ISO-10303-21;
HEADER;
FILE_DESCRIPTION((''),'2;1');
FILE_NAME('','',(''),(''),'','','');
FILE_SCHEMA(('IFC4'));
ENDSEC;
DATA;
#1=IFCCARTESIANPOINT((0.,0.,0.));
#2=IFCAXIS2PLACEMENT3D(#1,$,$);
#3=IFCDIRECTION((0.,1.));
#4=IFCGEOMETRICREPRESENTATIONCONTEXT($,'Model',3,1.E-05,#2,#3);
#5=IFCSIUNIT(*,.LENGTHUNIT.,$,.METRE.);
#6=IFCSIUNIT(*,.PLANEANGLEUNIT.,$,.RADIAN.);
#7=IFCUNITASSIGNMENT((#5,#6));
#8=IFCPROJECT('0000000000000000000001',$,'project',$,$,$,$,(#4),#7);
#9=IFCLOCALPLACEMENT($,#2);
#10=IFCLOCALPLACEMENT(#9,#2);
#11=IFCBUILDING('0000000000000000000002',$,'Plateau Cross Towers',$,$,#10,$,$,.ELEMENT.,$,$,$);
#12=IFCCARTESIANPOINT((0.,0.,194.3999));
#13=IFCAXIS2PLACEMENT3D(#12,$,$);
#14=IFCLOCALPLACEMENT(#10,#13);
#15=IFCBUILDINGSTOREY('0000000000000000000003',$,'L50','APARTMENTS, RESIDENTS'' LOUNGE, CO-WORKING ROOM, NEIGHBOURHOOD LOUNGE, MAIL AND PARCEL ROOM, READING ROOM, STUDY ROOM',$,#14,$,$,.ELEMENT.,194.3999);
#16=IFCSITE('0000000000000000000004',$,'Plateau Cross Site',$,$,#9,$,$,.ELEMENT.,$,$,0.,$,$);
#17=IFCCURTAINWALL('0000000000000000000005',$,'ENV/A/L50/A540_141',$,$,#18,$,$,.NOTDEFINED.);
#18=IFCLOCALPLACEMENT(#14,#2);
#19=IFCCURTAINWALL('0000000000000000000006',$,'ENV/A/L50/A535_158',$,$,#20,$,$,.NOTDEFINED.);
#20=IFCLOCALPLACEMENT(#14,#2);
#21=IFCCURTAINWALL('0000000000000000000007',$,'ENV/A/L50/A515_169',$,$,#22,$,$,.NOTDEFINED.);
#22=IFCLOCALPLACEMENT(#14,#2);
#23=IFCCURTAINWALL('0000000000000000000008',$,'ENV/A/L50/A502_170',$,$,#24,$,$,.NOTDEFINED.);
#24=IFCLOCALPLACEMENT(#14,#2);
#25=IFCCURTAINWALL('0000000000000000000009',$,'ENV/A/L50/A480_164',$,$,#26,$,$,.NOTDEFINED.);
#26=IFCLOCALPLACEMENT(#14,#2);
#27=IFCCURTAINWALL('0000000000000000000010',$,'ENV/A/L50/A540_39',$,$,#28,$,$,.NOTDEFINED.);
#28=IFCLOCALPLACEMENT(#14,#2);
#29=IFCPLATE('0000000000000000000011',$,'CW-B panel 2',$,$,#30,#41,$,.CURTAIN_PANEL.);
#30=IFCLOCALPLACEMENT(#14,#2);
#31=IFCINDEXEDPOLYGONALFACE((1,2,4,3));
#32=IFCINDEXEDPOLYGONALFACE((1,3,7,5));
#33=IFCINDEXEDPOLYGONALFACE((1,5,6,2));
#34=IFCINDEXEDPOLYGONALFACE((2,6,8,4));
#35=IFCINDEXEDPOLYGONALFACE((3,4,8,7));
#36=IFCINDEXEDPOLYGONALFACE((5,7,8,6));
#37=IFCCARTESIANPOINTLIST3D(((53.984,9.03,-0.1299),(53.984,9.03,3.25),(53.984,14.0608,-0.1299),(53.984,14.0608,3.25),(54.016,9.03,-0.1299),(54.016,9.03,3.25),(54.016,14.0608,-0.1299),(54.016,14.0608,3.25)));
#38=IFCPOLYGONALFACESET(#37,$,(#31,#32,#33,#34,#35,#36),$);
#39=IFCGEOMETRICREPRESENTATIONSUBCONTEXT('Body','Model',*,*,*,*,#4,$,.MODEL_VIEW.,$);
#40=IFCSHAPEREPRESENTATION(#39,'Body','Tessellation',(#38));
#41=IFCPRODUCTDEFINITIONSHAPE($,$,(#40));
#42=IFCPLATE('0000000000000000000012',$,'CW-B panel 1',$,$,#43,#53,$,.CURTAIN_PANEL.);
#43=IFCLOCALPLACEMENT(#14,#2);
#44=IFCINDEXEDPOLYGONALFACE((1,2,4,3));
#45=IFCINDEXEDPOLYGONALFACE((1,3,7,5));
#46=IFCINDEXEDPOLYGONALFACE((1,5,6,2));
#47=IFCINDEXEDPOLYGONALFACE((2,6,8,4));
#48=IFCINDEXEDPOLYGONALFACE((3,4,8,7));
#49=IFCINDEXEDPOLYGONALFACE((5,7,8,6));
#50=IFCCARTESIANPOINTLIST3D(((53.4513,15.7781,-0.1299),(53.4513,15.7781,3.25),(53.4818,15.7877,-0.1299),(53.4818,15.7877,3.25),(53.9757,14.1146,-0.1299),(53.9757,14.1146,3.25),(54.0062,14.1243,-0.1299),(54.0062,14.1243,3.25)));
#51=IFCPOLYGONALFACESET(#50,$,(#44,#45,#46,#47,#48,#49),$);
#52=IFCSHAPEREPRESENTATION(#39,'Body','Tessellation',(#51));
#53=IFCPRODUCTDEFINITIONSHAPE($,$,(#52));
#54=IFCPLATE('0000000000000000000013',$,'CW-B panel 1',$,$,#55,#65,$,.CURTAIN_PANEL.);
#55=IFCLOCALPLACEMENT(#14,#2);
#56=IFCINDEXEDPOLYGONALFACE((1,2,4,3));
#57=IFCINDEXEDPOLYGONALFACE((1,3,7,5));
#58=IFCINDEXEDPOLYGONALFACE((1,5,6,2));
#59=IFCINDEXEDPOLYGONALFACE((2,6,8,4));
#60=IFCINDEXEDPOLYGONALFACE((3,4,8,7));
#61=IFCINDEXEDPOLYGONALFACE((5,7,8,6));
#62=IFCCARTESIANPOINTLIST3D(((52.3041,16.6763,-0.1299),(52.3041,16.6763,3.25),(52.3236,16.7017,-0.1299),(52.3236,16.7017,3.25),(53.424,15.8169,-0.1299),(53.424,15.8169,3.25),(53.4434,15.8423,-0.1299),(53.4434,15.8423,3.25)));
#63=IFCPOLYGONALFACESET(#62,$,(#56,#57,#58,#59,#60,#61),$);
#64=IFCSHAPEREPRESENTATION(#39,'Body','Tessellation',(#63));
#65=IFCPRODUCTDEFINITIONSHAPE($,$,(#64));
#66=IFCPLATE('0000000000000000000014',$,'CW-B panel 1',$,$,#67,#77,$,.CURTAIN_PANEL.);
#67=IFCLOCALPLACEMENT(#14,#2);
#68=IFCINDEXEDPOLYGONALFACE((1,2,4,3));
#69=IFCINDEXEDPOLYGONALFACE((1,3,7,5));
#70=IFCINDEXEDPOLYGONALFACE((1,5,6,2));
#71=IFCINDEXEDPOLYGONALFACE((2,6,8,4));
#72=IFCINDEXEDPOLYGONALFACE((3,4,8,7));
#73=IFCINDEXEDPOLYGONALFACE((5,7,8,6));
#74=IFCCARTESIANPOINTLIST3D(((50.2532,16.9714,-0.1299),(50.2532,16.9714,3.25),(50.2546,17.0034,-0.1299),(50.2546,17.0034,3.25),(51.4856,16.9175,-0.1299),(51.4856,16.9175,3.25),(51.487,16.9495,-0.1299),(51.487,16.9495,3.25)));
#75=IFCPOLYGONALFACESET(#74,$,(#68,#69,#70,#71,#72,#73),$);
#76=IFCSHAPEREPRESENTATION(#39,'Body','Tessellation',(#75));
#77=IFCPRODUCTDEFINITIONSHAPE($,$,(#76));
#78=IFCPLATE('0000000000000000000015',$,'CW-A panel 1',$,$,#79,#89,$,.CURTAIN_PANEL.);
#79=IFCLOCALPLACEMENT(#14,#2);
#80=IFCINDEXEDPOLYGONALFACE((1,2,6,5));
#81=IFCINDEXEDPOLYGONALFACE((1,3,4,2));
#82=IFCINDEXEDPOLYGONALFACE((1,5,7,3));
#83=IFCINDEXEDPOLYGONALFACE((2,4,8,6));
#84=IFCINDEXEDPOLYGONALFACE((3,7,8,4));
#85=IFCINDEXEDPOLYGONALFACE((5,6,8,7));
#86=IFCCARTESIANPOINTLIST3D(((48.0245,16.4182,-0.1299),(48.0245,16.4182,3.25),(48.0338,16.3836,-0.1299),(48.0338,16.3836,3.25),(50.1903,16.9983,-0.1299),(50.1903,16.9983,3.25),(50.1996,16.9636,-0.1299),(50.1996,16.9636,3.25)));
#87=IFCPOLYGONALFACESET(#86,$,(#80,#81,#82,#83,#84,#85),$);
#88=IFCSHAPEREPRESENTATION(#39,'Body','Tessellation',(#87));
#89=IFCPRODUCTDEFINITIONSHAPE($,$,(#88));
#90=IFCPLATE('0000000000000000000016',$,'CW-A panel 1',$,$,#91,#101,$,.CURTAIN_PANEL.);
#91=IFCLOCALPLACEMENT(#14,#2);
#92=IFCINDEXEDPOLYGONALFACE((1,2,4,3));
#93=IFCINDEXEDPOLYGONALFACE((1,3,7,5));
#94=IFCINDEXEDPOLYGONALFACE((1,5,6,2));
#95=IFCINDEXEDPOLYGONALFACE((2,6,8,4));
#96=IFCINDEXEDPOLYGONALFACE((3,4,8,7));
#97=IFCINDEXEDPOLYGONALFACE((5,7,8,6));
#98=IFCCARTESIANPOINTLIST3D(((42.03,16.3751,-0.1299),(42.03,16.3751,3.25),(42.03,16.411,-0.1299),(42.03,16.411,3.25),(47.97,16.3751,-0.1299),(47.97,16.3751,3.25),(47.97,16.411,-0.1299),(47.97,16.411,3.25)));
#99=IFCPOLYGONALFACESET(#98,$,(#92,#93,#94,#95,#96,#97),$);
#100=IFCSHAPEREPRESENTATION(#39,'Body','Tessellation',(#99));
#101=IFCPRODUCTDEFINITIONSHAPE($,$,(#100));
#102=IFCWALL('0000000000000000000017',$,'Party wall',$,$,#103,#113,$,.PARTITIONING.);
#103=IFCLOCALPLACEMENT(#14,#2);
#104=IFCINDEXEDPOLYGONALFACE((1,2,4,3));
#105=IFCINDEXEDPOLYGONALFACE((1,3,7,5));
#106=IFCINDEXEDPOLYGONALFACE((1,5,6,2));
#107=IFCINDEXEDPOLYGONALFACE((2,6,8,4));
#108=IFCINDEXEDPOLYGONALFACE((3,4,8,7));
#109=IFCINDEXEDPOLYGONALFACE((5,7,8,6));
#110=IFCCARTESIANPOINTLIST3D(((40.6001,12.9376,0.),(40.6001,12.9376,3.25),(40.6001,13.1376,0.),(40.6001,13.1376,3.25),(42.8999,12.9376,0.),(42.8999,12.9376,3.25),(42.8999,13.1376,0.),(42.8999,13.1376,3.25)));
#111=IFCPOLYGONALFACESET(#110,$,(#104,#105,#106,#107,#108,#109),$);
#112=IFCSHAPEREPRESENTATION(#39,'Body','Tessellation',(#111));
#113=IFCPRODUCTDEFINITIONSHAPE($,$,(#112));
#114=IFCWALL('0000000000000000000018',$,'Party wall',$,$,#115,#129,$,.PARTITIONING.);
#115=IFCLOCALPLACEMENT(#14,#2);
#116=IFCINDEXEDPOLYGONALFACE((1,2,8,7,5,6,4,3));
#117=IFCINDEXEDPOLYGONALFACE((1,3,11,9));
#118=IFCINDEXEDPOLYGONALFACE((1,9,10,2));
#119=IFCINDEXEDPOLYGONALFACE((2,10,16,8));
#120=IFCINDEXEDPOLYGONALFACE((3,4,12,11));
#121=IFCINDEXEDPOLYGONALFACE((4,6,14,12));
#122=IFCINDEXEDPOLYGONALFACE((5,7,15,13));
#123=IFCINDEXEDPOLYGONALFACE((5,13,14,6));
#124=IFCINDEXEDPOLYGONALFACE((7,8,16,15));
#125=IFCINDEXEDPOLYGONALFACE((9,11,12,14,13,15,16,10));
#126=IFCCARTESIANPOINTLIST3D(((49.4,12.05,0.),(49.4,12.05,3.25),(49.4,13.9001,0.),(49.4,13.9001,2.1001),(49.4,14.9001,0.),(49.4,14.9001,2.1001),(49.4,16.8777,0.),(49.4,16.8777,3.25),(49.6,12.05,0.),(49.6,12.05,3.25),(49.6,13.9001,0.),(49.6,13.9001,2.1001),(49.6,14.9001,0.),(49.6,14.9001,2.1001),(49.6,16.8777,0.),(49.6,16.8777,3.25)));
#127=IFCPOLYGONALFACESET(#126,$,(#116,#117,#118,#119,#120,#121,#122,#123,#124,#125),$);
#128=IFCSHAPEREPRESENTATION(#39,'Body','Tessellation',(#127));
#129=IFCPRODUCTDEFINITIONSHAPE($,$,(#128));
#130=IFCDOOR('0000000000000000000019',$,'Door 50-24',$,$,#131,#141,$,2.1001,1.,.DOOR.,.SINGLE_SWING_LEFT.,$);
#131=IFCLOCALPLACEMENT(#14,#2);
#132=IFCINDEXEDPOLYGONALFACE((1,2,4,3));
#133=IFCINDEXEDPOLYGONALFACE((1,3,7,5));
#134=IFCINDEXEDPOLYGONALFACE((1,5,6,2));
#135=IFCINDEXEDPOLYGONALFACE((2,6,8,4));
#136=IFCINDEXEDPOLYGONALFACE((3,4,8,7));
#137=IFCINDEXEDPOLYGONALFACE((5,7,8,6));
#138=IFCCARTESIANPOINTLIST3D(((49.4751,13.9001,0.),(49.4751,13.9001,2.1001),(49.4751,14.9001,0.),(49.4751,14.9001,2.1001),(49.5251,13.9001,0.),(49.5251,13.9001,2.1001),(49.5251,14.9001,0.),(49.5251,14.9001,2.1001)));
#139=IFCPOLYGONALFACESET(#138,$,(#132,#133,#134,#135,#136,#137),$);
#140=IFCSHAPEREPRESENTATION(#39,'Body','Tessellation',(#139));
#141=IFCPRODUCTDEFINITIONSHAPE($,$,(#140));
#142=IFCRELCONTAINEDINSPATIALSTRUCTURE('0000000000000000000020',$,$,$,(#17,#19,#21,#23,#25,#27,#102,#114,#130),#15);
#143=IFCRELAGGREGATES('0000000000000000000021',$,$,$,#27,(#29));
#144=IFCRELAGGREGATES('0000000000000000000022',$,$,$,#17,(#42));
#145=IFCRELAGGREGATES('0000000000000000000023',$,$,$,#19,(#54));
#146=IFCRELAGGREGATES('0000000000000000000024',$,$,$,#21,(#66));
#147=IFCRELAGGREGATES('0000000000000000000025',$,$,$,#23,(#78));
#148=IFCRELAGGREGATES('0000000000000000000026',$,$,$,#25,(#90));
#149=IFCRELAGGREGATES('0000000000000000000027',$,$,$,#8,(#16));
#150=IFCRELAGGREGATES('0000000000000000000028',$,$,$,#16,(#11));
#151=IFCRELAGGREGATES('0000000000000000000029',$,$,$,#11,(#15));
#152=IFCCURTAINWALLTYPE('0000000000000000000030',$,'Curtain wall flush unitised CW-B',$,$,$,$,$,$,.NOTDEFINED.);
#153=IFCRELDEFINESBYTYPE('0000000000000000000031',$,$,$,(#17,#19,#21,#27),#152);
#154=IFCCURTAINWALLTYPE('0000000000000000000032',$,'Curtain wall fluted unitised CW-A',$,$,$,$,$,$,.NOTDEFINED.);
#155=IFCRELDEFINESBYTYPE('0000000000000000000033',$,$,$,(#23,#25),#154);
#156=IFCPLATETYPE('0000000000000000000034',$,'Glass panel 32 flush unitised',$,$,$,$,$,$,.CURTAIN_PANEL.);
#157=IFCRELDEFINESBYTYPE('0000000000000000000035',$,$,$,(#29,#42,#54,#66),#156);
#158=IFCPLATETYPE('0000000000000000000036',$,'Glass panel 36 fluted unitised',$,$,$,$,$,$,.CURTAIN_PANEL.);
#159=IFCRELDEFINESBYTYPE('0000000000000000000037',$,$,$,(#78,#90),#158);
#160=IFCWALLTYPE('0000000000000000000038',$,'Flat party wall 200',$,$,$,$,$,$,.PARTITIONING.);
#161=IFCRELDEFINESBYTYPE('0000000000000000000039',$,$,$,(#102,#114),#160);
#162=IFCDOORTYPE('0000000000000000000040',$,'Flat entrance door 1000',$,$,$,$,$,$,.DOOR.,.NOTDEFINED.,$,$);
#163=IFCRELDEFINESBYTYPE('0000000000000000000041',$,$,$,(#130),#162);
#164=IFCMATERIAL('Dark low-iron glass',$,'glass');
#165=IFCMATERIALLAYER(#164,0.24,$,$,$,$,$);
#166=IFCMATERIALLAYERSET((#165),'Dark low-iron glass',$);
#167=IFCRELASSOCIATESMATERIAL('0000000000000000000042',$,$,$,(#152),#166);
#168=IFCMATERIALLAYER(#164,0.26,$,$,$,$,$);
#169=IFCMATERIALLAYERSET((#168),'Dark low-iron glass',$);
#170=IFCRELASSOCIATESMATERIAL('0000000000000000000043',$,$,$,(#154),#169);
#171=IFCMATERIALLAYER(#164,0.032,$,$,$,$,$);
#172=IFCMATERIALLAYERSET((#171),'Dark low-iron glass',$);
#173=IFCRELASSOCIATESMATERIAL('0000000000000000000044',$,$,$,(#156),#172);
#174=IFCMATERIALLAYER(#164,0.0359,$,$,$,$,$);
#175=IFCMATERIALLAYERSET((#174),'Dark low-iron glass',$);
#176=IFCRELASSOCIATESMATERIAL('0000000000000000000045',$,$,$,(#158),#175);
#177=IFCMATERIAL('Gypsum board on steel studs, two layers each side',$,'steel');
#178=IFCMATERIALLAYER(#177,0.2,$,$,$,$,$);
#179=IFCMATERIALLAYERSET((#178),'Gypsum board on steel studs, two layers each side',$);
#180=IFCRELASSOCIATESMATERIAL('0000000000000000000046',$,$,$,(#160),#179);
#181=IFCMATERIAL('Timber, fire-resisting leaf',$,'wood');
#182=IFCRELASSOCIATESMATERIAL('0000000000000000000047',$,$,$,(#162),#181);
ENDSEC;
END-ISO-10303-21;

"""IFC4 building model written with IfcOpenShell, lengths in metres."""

from ifc_helpers import new_model, si_unit, direction, frame, frame_2d, origin, origin_2d, place, context, subcontext, project, spatial, rectangle, extrude, material, layer, layer_set, type_object, element, fill, aggregate, save


model = new_model("IFC4")

# Units and contexts
model_context = context("Model", 3, precision=1e-05, world=origin(), true_north=direction((0.0, 1.0)))
body_context = subcontext(model_context, "Body", "Model", "MODEL_VIEW")
ifc_project = project(units=[si_unit("LENGTHUNIT", "METRE"), si_unit("PLANEANGLEUNIT", "RADIAN")], contexts=[model_context])

# Site, building, storey
site_placement = place(None, origin())
site = spatial("IfcSite", under=ifc_project, at=site_placement, Name="Plateau Cross Site", CompositionType="ELEMENT", RefElevation=0.0)
building_placement = place(site_placement, origin())
building = spatial("IfcBuilding", under=site, at=building_placement, Name="Plateau Cross Towers", CompositionType="ELEMENT")
storey_placement = place(building_placement, frame((0.0, 0.0, 194.3999)))
storey = spatial("IfcBuildingStorey", under=building, at=storey_placement, Name="L50", Description="APARTMENTS, RESIDENTS' LOUNGE, CO-WORKING ROOM, NEIGHBOURHOOD LOUNGE, MAIL AND PARCEL ROOM, READING ROOM, STUDY ROOM", CompositionType="ELEMENT", Elevation=194.3999)

# Curtain wall
ifc_material_1 = material(Name="Dark low-iron glass", Category="glass")
ifc_layer_1 = layer(ifc_material_1, 0.24)
ifc_layer_set_1 = layer_set([ifc_layer_1], Name="Dark low-iron glass")
curtain_wall_type_1 = type_object("IfcCurtainWallType", Name="Curtain wall flush unitised CW-B", PredefinedType="NOTDEFINED", material=ifc_layer_set_1)
curtain_wall_1_placement = place(storey_placement, origin())
curtain_wall_1 = element("IfcCurtainWall", 1, at=curtain_wall_1_placement, inside=storey, type_object=curtain_wall_type_1, Name="ENV/A/L50/A540_141", PredefinedType="NOTDEFINED")

# Curtain wall
curtain_wall_2_placement = place(storey_placement, origin())
curtain_wall_2 = element("IfcCurtainWall", 2, at=curtain_wall_2_placement, inside=storey, type_object=curtain_wall_type_1, Name="ENV/A/L50/A535_158", PredefinedType="NOTDEFINED")

# Curtain walls
curtain_wall_3_placement = place(storey_placement, origin())
curtain_wall_3 = element("IfcCurtainWall", 3, at=curtain_wall_3_placement, inside=storey, type_object=curtain_wall_type_1, Name="ENV/A/L50/A515_169", PredefinedType="NOTDEFINED")
ifc_layer_2 = layer(ifc_material_1, 0.26)
ifc_layer_set_2 = layer_set([ifc_layer_2], Name="Dark low-iron glass")
curtain_wall_type_2 = type_object("IfcCurtainWallType", Name="Curtain wall fluted unitised CW-A", PredefinedType="NOTDEFINED", material=ifc_layer_set_2)
curtain_wall_4_placement = place(storey_placement, origin())
curtain_wall_4 = element("IfcCurtainWall", 4, at=curtain_wall_4_placement, inside=storey, type_object=curtain_wall_type_2, Name="ENV/A/L50/A502_170", PredefinedType="NOTDEFINED")
curtain_wall_5_placement = place(storey_placement, origin())
curtain_wall_5 = element("IfcCurtainWall", 5, at=curtain_wall_5_placement, inside=storey, type_object=curtain_wall_type_2, Name="ENV/A/L50/A480_164", PredefinedType="NOTDEFINED")

# Curtain wall, plate
curtain_wall_6_placement = place(storey_placement, origin())
curtain_wall_6 = element("IfcCurtainWall", 6, at=curtain_wall_6_placement, inside=storey, type_object=curtain_wall_type_1, Name="ENV/A/L50/A540_39", PredefinedType="NOTDEFINED")
ifc_layer_3 = layer(ifc_material_1, 0.032)
ifc_layer_set_3 = layer_set([ifc_layer_3], Name="Dark low-iron glass")
plate_type_1 = type_object("IfcPlateType", Name="Glass panel 32 flush unitised", PredefinedType="CURTAIN_PANEL", material=ifc_layer_set_3)
plate_1_placement = place(storey_placement, frame((54.0, 11.5454, -0.1299), z_axis=(0.0, 0.0, 1.0), x_axis=(0.0, 1.0, 0.0)))
plate_1 = element("IfcPlate", 7, at=plate_1_placement, type_object=plate_type_1, Name="CW-B panel 2", PredefinedType="CURTAIN_PANEL", context=body_context, shape_type="SweptSolid", body=[
    extrude(rectangle(XDim=5.0308, YDim=0.032, at=origin_2d()), origin(), (0.0, 0.0, 1.0), 3.3799),
])
aggregate(curtain_wall_6, [plate_1])

# Plates
plate_2_placement = place(storey_placement, frame((53.7288, 14.9512, -0.1299), z_axis=(0.0, 0.0, 1.0), x_axis=(-0.300686, 0.953723, 0.0)))
plate_2 = element("IfcPlate", 8, at=plate_2_placement, type_object=plate_type_1, Name="CW-B panel 1", PredefinedType="CURTAIN_PANEL", context=body_context, shape_type="SweptSolid", body=[
    extrude(rectangle(XDim=1.7441, YDim=0.032, at=origin_2d()), origin(), (0.0, 0.0, 1.0), 3.3799),
])
aggregate(curtain_wall_1, [plate_2])
plate_3_placement = place(storey_placement, frame((52.8738, 16.2593, -0.1299), z_axis=(0.0, 0.0, 1.0), x_axis=(-0.793316, 0.608811, 0.0)))
plate_3 = element("IfcPlate", 9, at=plate_3_placement, type_object=plate_type_1, Name="CW-B panel 1", PredefinedType="CURTAIN_PANEL", context=body_context, shape_type="SweptSolid", body=[
    extrude(rectangle(XDim=1.4116, YDim=0.032, at=origin_2d()), origin(), (0.0, 0.0, 1.0), 3.3799),
])
aggregate(curtain_wall_2, [plate_3])
plate_4_placement = place(storey_placement, frame((50.8701, 16.9604, -0.1299), z_axis=(0.0, 0.0, 1.0), x_axis=(-0.999044, 0.043723, 0.0)))
plate_4 = element("IfcPlate", 10, at=plate_4_placement, type_object=plate_type_1, Name="CW-B panel 1", PredefinedType="CURTAIN_PANEL", context=body_context, shape_type="SweptSolid", body=[
    extrude(rectangle(XDim=1.2336, YDim=0.032, at=origin_2d()), origin(), (0.0, 0.0, 1.0), 3.3799),
])
aggregate(curtain_wall_3, [plate_4])
ifc_layer_4 = layer(ifc_material_1, 0.0359)
ifc_layer_set_4 = layer_set([ifc_layer_4], Name="Dark low-iron glass")
plate_type_2 = type_object("IfcPlateType", Name="Glass panel 36 fluted unitised", PredefinedType="CURTAIN_PANEL", material=ifc_layer_set_4)
plate_5_placement = place(storey_placement, frame((49.1121, 16.6909, -0.1299), z_axis=(0.0, 0.0, 1.0), x_axis=(-0.965958, -0.258699, 0.0)))
plate_5 = element("IfcPlate", 11, at=plate_5_placement, type_object=plate_type_2, Name="CW-A panel 1", PredefinedType="CURTAIN_PANEL", context=body_context, shape_type="SweptSolid", body=[
    extrude(rectangle(XDim=2.2422, YDim=0.0359, at=origin_2d()), origin(), (0.0, 0.0, 1.0), 3.3799),
])
aggregate(curtain_wall_4, [plate_5])
plate_6_placement = place(storey_placement, frame((45.0, 16.3931, -0.1299), z_axis=(0.0, 0.0, 1.0), x_axis=(-1.0, 0.0, 0.0)))
plate_6 = element("IfcPlate", 12, at=plate_6_placement, type_object=plate_type_2, Name="CW-A panel 1", PredefinedType="CURTAIN_PANEL", context=body_context, shape_type="SweptSolid", body=[
    extrude(rectangle(XDim=5.9399, YDim=0.0359, at=origin_2d()), origin(), (0.0, 0.0, 1.0), 3.3799),
])
aggregate(curtain_wall_5, [plate_6])

# Wall
ifc_material_2 = material(Name="Gypsum board on steel studs, two layers each side", Category="steel")
ifc_layer_5 = layer(ifc_material_2, 0.2)
ifc_layer_set_5 = layer_set([ifc_layer_5], Name="Gypsum board on steel studs, two layers each side")
wall_type = type_object("IfcWallType", Name="Flat party wall 200", PredefinedType="PARTITIONING", material=ifc_layer_set_5)
wall_1_placement = place(storey_placement, frame((42.8999, 13.0376, 0.0), z_axis=(0.0, 0.0, 1.0), x_axis=(-1.0, 0.0, 0.0)))
element("IfcWall", 13, at=wall_1_placement, inside=storey, type_object=wall_type, Name="Party wall", PredefinedType="PARTITIONING", context=body_context, shape_type="SweptSolid", body=[
    extrude(rectangle(XDim=2.2998, YDim=0.2, at=frame_2d((1.1499, 0.0))), origin(), (0.0, 0.0, 1.0), 3.25),
])

# Wall, opening, door
wall_2_placement = place(storey_placement, frame((49.5, 12.05, 0.0), z_axis=(0.0, 0.0, 1.0), x_axis=(0.0, 1.0, 0.0)))
wall_2 = element("IfcWall", 14, at=wall_2_placement, inside=storey, type_object=wall_type, Name="Party wall", PredefinedType="PARTITIONING", context=body_context, shape_type="SweptSolid", body=[
    extrude(rectangle(XDim=4.8276, YDim=0.2, at=frame_2d((2.4138, 0.0))), origin(), (0.0, 0.0, 1.0), 3.25),
])
opening_placement = place(wall_2_placement, frame((1.8501, 0.0, 0.0)))
opening = element("IfcOpeningElement", 15, at=opening_placement, cuts=wall_2, PredefinedType="OPENING", context=body_context, shape_type="SweptSolid", body=[
    extrude(rectangle(XDim=1.0, YDim=2.1001, at=frame_2d((0.5, 1.05))), frame((0.0, 0.1099, 0.0), z_axis=(0.0, -1.0, 0.0), x_axis=(1.0, 0.0, 0.0)), (0.0, 0.0, 1.0), 0.22),
])
ifc_material_3 = material(Name="Timber, fire-resisting leaf", Category="wood")
door_type = type_object("IfcDoorType", Name="Flat entrance door 1000", OperationType="NOTDEFINED", PredefinedType="DOOR", material=ifc_material_3)
door_placement = place(opening_placement, origin())
door = element("IfcDoor", 16, at=door_placement, inside=storey, type_object=door_type, Name="Door 50-24", OperationType="SINGLE_SWING_LEFT", OverallHeight=2.1001, OverallWidth=1.0, PredefinedType="DOOR", context=body_context, shape_type="SweptSolid", body=[
    extrude(rectangle(XDim=1.0, YDim=2.1001, at=frame_2d((0.5, 1.05))), frame((0.0, 0.0249, 0.0), z_axis=(0.0, -1.0, 0.0), x_axis=(1.0, 0.0, 0.0)), (0.0, 0.0, 1.0), 0.05),
])
fill(opening, door)

save(model, "model.ifc")
